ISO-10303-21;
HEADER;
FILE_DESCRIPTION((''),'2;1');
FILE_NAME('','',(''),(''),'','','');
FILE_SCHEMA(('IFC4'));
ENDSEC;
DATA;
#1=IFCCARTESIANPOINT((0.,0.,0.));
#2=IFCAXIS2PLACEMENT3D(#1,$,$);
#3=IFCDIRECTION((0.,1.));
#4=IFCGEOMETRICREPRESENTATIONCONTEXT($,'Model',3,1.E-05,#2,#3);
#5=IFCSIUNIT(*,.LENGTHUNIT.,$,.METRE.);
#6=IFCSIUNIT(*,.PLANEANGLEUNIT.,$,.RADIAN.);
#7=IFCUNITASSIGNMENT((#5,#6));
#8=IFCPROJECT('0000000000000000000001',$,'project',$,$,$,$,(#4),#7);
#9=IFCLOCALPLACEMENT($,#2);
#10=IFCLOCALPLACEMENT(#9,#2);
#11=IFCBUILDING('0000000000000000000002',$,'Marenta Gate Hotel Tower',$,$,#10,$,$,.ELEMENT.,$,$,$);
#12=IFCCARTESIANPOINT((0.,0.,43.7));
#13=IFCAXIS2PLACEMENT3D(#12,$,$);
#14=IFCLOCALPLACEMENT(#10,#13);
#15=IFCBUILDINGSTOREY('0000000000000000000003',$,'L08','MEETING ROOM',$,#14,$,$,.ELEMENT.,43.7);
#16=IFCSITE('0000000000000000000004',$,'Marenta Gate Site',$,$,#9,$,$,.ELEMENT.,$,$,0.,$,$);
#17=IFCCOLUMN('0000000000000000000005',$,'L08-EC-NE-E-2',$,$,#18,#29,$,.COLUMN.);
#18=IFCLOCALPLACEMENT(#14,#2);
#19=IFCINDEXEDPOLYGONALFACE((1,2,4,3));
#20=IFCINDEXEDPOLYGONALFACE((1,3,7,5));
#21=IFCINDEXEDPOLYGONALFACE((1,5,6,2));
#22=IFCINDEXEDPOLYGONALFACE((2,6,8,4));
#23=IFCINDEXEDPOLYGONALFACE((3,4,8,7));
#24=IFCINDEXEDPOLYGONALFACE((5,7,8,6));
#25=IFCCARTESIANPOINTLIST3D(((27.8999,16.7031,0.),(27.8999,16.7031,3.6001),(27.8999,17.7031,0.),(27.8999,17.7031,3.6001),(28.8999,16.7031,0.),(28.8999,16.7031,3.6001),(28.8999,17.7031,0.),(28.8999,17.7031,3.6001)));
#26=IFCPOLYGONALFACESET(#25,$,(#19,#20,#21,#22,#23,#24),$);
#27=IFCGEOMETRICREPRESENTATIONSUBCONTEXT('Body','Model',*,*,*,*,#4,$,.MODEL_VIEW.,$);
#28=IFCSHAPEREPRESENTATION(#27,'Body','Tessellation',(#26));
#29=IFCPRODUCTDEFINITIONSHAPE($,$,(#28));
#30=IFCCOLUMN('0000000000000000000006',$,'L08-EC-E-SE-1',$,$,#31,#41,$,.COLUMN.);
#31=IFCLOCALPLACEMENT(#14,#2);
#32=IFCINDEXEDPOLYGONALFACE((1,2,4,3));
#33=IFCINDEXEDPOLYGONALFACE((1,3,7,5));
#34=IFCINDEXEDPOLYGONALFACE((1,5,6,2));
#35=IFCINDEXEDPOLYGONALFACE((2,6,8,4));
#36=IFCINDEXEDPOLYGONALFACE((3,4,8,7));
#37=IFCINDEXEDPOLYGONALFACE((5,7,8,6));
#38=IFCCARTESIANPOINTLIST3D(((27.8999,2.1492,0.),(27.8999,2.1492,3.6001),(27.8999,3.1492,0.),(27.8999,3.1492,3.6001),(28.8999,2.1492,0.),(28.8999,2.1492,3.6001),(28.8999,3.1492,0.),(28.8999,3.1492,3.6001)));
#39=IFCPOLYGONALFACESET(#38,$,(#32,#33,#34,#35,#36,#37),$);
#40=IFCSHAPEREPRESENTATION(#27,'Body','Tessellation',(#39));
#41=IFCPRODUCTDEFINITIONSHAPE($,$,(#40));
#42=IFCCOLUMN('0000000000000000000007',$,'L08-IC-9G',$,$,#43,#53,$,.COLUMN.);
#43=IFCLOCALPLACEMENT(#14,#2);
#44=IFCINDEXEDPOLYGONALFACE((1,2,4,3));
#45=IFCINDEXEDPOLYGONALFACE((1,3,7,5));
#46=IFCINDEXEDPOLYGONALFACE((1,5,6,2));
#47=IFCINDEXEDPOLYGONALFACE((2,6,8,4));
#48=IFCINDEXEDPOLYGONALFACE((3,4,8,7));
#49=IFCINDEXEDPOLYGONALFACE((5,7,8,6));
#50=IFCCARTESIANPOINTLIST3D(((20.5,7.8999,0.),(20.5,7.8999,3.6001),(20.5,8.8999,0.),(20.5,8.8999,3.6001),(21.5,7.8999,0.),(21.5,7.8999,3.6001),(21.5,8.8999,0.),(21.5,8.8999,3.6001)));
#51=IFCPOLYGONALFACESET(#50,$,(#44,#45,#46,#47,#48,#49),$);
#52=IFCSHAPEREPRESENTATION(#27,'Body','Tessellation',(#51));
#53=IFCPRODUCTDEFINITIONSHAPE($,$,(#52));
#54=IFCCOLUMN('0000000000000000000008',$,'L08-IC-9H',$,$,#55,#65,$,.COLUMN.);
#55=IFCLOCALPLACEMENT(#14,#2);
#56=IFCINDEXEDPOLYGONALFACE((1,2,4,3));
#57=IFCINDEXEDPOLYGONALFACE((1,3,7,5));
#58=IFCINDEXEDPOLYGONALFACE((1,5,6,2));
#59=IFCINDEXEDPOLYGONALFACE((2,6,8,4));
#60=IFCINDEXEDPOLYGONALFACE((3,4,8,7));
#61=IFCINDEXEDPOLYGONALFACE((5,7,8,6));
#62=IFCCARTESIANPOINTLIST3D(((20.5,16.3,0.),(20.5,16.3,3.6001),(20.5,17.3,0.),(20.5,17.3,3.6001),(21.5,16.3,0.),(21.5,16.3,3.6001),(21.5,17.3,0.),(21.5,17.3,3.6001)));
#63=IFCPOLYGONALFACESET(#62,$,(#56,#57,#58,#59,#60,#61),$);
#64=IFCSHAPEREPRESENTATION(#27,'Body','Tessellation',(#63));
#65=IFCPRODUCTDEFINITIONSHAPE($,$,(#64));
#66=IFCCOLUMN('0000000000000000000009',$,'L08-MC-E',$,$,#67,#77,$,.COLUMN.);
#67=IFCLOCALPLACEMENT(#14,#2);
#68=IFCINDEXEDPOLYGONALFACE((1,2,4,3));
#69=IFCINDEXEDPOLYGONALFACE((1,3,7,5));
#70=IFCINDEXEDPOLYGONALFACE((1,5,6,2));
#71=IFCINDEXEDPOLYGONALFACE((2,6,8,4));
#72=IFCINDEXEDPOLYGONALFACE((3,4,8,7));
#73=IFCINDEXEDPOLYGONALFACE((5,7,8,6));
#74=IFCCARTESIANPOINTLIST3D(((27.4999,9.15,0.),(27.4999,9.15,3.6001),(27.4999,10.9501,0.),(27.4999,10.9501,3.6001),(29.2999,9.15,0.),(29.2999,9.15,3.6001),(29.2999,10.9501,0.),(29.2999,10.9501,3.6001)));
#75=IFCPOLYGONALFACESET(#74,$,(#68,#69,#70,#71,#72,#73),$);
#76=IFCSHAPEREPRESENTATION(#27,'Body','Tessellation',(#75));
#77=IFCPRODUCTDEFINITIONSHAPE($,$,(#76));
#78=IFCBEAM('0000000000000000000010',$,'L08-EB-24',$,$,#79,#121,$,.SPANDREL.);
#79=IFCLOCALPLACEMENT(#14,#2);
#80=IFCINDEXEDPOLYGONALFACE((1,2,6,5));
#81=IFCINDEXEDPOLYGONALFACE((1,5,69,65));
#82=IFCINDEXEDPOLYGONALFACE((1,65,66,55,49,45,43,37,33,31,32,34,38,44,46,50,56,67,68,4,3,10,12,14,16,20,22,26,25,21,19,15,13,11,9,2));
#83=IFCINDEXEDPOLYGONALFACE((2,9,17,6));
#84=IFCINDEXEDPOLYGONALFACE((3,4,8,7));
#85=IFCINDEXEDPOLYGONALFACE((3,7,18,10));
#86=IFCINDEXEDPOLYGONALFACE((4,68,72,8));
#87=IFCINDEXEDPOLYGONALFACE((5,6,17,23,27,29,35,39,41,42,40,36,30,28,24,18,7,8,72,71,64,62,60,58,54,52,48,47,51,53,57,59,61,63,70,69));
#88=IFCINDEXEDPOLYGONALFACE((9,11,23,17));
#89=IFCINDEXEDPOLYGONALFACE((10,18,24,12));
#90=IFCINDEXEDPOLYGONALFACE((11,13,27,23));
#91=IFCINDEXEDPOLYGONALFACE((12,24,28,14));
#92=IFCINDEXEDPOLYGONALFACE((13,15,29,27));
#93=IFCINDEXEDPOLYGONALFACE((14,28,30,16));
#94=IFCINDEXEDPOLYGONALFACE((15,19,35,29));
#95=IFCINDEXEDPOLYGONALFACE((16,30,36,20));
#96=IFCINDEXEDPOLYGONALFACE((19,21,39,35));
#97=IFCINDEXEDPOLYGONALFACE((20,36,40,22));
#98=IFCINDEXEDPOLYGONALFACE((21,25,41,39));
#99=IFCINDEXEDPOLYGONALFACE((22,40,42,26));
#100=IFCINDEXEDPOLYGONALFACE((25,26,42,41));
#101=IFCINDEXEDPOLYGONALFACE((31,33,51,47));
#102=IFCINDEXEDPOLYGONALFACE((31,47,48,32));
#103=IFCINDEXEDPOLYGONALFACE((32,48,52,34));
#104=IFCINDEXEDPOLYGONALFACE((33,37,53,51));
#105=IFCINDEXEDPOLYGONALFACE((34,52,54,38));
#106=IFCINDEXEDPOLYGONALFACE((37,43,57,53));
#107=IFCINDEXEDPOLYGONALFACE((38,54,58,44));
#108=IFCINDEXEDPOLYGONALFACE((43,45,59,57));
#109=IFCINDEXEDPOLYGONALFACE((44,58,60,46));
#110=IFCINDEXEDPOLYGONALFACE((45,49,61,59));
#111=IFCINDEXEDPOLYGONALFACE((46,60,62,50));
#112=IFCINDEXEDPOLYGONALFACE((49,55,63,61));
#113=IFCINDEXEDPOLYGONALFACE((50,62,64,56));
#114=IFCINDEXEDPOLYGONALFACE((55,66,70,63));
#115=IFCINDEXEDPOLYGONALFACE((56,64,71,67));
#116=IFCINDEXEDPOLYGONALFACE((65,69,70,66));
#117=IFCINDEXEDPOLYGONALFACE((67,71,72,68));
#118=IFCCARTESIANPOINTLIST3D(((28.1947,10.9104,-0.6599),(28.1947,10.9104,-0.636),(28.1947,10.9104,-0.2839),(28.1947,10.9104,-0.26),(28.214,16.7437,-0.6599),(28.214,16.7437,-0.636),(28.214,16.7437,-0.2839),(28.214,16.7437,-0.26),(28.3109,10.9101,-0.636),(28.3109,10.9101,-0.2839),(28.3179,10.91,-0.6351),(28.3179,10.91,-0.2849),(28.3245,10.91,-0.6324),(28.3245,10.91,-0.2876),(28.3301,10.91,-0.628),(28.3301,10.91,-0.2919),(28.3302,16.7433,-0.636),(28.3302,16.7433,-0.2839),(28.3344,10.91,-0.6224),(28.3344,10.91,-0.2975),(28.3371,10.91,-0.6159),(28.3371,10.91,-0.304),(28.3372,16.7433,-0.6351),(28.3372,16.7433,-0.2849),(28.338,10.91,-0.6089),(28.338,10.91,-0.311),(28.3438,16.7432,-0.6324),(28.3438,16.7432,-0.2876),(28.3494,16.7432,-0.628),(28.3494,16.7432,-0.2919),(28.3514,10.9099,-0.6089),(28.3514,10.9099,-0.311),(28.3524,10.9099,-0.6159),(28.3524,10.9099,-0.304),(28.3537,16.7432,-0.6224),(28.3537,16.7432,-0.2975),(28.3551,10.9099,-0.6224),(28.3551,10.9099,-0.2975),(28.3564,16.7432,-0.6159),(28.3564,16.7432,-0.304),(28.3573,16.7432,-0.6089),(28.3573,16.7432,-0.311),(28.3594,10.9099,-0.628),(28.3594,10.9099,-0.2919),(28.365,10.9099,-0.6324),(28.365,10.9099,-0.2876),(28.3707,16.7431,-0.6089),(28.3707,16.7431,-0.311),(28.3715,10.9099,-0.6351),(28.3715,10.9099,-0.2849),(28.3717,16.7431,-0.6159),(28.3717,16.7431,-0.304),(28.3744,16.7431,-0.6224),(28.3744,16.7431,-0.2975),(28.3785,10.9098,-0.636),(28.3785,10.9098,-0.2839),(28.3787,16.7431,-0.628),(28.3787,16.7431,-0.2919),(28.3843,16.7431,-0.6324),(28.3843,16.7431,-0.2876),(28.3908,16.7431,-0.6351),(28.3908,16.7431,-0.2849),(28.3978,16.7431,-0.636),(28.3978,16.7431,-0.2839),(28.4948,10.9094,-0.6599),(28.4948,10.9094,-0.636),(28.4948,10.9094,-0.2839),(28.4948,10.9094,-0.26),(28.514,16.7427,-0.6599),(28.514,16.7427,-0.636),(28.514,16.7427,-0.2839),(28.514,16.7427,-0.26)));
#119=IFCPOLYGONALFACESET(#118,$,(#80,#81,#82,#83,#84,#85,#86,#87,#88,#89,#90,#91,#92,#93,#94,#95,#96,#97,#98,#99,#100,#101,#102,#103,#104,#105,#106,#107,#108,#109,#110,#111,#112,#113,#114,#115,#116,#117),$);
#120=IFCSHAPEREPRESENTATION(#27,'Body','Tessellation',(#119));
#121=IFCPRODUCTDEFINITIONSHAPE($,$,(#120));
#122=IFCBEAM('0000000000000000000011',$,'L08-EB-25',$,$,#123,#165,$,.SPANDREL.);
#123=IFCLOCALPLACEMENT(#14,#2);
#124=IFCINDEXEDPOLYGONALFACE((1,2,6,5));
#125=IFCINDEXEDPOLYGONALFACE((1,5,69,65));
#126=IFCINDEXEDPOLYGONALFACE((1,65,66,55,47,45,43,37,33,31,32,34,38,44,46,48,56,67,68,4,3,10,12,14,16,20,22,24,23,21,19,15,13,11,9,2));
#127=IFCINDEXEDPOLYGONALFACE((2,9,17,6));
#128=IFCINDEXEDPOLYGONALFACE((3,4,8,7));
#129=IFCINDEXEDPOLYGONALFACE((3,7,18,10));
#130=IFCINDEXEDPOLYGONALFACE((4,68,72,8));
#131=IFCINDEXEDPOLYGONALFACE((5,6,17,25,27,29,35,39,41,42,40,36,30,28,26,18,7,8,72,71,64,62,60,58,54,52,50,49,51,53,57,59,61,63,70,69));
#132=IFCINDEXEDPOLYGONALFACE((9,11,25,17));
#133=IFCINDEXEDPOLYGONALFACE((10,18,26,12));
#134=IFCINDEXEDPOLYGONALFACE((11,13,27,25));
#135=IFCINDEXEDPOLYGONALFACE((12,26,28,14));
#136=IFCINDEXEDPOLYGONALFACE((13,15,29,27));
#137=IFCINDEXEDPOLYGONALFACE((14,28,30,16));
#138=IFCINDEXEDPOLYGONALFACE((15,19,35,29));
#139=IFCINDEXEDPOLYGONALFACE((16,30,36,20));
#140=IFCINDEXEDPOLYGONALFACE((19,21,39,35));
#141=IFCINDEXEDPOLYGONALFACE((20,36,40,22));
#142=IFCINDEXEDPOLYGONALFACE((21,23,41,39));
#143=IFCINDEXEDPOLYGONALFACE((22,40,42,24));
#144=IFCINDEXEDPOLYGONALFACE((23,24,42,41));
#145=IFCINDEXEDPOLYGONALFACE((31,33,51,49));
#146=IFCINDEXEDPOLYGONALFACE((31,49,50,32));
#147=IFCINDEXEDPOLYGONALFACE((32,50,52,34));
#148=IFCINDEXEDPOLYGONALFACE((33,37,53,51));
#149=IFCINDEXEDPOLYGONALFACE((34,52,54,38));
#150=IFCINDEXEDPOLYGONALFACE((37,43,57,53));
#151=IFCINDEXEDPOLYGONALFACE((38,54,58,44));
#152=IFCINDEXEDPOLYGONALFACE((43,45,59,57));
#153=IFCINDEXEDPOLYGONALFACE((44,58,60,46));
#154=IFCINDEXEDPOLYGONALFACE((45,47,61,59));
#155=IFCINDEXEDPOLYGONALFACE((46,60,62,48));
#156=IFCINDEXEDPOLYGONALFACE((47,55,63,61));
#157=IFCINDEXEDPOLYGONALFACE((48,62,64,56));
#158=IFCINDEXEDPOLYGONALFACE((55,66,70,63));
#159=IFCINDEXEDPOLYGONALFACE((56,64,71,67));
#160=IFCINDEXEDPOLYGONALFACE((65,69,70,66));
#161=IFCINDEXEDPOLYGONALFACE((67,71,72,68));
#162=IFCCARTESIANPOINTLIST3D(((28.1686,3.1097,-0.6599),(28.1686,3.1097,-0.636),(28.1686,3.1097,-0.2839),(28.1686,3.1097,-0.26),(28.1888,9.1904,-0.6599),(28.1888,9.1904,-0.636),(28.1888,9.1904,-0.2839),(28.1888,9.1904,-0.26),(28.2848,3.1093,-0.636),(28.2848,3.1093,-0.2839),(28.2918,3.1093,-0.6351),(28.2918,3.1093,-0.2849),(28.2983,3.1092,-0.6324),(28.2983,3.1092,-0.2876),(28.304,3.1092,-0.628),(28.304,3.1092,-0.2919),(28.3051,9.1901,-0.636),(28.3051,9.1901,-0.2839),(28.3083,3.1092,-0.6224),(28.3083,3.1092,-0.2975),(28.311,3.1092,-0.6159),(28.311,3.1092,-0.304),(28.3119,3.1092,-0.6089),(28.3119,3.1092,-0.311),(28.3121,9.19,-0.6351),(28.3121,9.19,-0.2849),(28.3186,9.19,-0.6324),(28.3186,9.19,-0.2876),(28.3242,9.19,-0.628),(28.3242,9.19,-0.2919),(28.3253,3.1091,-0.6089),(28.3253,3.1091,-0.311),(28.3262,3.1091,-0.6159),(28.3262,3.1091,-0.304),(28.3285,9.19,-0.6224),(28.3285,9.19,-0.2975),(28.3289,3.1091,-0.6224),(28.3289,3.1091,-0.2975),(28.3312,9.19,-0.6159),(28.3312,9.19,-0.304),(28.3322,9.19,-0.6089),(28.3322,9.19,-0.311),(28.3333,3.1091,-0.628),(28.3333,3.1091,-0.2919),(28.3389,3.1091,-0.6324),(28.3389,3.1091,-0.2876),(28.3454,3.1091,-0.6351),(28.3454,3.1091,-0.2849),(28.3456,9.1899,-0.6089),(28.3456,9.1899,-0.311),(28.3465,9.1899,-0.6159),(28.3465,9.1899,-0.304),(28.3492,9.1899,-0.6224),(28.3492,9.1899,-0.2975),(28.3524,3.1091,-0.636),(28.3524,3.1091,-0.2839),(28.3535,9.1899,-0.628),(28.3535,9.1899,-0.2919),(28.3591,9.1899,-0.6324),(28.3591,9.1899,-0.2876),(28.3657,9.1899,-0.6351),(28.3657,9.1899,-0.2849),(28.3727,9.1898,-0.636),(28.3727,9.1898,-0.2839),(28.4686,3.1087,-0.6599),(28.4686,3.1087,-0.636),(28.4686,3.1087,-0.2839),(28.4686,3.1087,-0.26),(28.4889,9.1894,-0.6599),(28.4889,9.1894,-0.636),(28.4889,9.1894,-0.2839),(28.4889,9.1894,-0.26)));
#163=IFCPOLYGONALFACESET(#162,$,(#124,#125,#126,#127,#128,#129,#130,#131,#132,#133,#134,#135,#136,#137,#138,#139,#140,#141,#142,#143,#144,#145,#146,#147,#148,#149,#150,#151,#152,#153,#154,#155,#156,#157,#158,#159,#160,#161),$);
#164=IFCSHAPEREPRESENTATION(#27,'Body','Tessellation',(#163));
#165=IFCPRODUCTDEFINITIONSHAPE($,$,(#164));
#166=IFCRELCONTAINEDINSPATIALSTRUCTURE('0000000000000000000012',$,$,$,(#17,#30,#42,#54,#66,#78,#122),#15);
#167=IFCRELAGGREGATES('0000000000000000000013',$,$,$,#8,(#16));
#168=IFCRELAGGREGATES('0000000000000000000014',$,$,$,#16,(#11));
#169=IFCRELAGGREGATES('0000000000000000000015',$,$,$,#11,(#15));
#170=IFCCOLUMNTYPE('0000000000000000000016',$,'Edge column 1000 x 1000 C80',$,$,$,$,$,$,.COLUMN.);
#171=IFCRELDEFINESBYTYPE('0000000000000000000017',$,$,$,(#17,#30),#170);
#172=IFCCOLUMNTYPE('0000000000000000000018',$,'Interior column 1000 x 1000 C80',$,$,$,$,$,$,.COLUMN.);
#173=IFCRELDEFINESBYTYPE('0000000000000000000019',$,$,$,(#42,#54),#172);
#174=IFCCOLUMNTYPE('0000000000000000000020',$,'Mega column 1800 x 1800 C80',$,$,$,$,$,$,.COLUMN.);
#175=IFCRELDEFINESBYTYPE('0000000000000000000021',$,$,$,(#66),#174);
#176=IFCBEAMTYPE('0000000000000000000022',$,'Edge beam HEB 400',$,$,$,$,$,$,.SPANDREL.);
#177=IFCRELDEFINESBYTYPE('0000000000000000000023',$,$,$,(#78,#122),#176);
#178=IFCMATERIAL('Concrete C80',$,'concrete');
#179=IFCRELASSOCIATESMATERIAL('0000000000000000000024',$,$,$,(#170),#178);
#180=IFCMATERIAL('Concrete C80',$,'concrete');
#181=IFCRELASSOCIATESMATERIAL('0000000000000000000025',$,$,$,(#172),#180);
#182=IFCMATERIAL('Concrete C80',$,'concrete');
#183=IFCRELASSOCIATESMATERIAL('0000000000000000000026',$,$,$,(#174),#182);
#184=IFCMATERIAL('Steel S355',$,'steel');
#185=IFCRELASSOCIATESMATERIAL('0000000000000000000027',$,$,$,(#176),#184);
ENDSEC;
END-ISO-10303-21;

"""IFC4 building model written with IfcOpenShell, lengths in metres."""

from ifc_helpers import new_model, si_unit, direction, frame, origin, origin_2d, place, context, subcontext, project, spatial, rectangle, i_section, extrude, material, material_profile, profile_set, type_object, element, save


model = new_model("IFC4")

# Units and contexts
model_context = context("Model", 3, precision=1e-05, world=origin(), true_north=direction((0.0, 1.0)))
body_context = subcontext(model_context, "Body", "Model", "MODEL_VIEW")
ifc_project = project(units=[si_unit("LENGTHUNIT", "METRE"), si_unit("PLANEANGLEUNIT", "RADIAN")], contexts=[model_context])

# Site, building, storey
site_placement = place(None, origin())
site = spatial("IfcSite", under=ifc_project, at=site_placement, Name="Marenta Gate Site", CompositionType="ELEMENT", RefElevation=0.0)
building_placement = place(site_placement, origin())
building = spatial("IfcBuilding", under=site, at=building_placement, Name="Marenta Gate Hotel Tower", CompositionType="ELEMENT")
storey_placement = place(building_placement, frame((0.0, 0.0, 43.7)))
storey = spatial("IfcBuildingStorey", under=building, at=storey_placement, Name="L08", Description="MEETING ROOM", CompositionType="ELEMENT", Elevation=43.7)

# Columns
ifc_material_1 = material(Name="Concrete C80", Category="concrete")
ifc_material_profile_1 = material_profile(ifc_material_1, rectangle(XDim=1.0, YDim=1.0, at=origin_2d()), Name="1000 x 1000")
ifc_profile_set_1 = profile_set([ifc_material_profile_1], Name="Concrete C80")
column_type_1 = type_object("IfcColumnType", Name="Edge column 1000 x 1000 C80", PredefinedType="COLUMN", material=ifc_profile_set_1)
for number, where, z_axis, x_axis, name in (
    (1, (28.3999, 17.2031, 0.0), (0.0, 0.0, 1.0), (1.0, 0.0, 0.0), "L08-EC-NE-E-2"),
    (2, (28.3999, 2.6492, 0.0), (0.0, 0.0, 1.0), (1.0, 0.0, 0.0), "L08-EC-E-SE-1"),
):
    element("IfcColumn", number, at=place(storey_placement, frame(where, z_axis=z_axis, x_axis=x_axis)), inside=storey, type_object=column_type_1, Name=name, PredefinedType="COLUMN", context=body_context, shape_type="SweptSolid", body=[
        extrude(rectangle(XDim=1.0, YDim=1.0, at=origin_2d()), origin(), (0.0, 0.0, 1.0), 3.6001),
    ])
ifc_material_2 = material(Name="Concrete C80", Category="concrete")
ifc_material_profile_2 = material_profile(ifc_material_2, rectangle(XDim=1.0, YDim=1.0, at=origin_2d()), Name="1000 x 1000")
ifc_profile_set_2 = profile_set([ifc_material_profile_2], Name="Concrete C80")
column_type_2 = type_object("IfcColumnType", Name="Interior column 1000 x 1000 C80", PredefinedType="COLUMN", material=ifc_profile_set_2)
for number, where, z_axis, x_axis, name in (
    (3, (21.0, 8.3999, 0.0), (0.0, 0.0, 1.0), (1.0, 0.0, 0.0), "L08-IC-9G"),
    (4, (21.0, 16.8, 0.0), (0.0, 0.0, 1.0), (1.0, 0.0, 0.0), "L08-IC-9H"),
):
    element("IfcColumn", number, at=place(storey_placement, frame(where, z_axis=z_axis, x_axis=x_axis)), inside=storey, type_object=column_type_2, Name=name, PredefinedType="COLUMN", context=body_context, shape_type="SweptSolid", body=[
        extrude(rectangle(XDim=1.0, YDim=1.0, at=origin_2d()), origin(), (0.0, 0.0, 1.0), 3.6001),
    ])
ifc_material_3 = material(Name="Concrete C80", Category="concrete")
ifc_material_profile_3 = material_profile(ifc_material_3, rectangle(XDim=1.8, YDim=1.8, at=origin_2d()), Name="1800 x 1800")
ifc_profile_set_3 = profile_set([ifc_material_profile_3], Name="Concrete C80")
column_type_3 = type_object("IfcColumnType", Name="Mega column 1800 x 1800 C80", PredefinedType="COLUMN", material=ifc_profile_set_3)
column_placement = place(storey_placement, frame((28.3999, 10.05, 0.0), z_axis=(0.0, 0.0, 1.0), x_axis=(1.0, 0.0, 0.0)))
element("IfcColumn", 5, at=column_placement, inside=storey, type_object=column_type_3, Name="L08-MC-E", PredefinedType="COLUMN", context=body_context, shape_type="SweptSolid", body=[
    extrude(rectangle(XDim=1.8, YDim=1.8, at=origin_2d()), origin(), (0.0, 0.0, 1.0), 3.6001),
])

# Beams
ifc_material_4 = material(Name="Steel S355", Category="steel")
ifc_material_profile_4 = material_profile(ifc_material_4, i_section(OverallWidth=0.3, OverallDepth=0.3999, WebThickness=0.0134, FlangeThickness=0.0239, FilletRadius=0.0271, at=origin_2d()), Name="HEB 400")
ifc_profile_set_4 = profile_set([ifc_material_profile_4], Name="Steel S355")
beam_type_1 = type_object("IfcBeamType", Name="Edge beam HEB 400", PredefinedType="SPANDREL", material=ifc_profile_set_4)
beam_1_placement = place(storey_placement, frame((28.364, 16.7432, -0.46), z_axis=(-0.003306, -0.999995, 0.0), x_axis=(0.999995, -0.003306, 0.0)))
element("IfcBeam", 6, at=beam_1_placement, inside=storey, type_object=beam_type_1, Name="L08-EB-24", PredefinedType="SPANDREL", context=body_context, shape_type="SweptSolid", body=[
    extrude(i_section(OverallWidth=0.3, OverallDepth=0.3999, WebThickness=0.0134, FlangeThickness=0.0239, FilletRadius=0.0271, at=origin_2d()), origin(), (0.0, 0.0, 1.0), 5.8333),
])
beam_2_placement = place(storey_placement, frame((28.3389, 9.1899, -0.46), z_axis=(-0.003332, -0.999994, 0.0), x_axis=(0.999994, -0.003332, 0.0)))
element("IfcBeam", 7, at=beam_2_placement, inside=storey, type_object=beam_type_1, Name="L08-EB-25", PredefinedType="SPANDREL", context=body_context, shape_type="SweptSolid", body=[
    extrude(i_section(OverallWidth=0.3, OverallDepth=0.3999, WebThickness=0.0134, FlangeThickness=0.0239, FilletRadius=0.0271, at=origin_2d()), origin(), (0.0, 0.0, 1.0), 6.0808),
])

save(model, "model.ifc")
